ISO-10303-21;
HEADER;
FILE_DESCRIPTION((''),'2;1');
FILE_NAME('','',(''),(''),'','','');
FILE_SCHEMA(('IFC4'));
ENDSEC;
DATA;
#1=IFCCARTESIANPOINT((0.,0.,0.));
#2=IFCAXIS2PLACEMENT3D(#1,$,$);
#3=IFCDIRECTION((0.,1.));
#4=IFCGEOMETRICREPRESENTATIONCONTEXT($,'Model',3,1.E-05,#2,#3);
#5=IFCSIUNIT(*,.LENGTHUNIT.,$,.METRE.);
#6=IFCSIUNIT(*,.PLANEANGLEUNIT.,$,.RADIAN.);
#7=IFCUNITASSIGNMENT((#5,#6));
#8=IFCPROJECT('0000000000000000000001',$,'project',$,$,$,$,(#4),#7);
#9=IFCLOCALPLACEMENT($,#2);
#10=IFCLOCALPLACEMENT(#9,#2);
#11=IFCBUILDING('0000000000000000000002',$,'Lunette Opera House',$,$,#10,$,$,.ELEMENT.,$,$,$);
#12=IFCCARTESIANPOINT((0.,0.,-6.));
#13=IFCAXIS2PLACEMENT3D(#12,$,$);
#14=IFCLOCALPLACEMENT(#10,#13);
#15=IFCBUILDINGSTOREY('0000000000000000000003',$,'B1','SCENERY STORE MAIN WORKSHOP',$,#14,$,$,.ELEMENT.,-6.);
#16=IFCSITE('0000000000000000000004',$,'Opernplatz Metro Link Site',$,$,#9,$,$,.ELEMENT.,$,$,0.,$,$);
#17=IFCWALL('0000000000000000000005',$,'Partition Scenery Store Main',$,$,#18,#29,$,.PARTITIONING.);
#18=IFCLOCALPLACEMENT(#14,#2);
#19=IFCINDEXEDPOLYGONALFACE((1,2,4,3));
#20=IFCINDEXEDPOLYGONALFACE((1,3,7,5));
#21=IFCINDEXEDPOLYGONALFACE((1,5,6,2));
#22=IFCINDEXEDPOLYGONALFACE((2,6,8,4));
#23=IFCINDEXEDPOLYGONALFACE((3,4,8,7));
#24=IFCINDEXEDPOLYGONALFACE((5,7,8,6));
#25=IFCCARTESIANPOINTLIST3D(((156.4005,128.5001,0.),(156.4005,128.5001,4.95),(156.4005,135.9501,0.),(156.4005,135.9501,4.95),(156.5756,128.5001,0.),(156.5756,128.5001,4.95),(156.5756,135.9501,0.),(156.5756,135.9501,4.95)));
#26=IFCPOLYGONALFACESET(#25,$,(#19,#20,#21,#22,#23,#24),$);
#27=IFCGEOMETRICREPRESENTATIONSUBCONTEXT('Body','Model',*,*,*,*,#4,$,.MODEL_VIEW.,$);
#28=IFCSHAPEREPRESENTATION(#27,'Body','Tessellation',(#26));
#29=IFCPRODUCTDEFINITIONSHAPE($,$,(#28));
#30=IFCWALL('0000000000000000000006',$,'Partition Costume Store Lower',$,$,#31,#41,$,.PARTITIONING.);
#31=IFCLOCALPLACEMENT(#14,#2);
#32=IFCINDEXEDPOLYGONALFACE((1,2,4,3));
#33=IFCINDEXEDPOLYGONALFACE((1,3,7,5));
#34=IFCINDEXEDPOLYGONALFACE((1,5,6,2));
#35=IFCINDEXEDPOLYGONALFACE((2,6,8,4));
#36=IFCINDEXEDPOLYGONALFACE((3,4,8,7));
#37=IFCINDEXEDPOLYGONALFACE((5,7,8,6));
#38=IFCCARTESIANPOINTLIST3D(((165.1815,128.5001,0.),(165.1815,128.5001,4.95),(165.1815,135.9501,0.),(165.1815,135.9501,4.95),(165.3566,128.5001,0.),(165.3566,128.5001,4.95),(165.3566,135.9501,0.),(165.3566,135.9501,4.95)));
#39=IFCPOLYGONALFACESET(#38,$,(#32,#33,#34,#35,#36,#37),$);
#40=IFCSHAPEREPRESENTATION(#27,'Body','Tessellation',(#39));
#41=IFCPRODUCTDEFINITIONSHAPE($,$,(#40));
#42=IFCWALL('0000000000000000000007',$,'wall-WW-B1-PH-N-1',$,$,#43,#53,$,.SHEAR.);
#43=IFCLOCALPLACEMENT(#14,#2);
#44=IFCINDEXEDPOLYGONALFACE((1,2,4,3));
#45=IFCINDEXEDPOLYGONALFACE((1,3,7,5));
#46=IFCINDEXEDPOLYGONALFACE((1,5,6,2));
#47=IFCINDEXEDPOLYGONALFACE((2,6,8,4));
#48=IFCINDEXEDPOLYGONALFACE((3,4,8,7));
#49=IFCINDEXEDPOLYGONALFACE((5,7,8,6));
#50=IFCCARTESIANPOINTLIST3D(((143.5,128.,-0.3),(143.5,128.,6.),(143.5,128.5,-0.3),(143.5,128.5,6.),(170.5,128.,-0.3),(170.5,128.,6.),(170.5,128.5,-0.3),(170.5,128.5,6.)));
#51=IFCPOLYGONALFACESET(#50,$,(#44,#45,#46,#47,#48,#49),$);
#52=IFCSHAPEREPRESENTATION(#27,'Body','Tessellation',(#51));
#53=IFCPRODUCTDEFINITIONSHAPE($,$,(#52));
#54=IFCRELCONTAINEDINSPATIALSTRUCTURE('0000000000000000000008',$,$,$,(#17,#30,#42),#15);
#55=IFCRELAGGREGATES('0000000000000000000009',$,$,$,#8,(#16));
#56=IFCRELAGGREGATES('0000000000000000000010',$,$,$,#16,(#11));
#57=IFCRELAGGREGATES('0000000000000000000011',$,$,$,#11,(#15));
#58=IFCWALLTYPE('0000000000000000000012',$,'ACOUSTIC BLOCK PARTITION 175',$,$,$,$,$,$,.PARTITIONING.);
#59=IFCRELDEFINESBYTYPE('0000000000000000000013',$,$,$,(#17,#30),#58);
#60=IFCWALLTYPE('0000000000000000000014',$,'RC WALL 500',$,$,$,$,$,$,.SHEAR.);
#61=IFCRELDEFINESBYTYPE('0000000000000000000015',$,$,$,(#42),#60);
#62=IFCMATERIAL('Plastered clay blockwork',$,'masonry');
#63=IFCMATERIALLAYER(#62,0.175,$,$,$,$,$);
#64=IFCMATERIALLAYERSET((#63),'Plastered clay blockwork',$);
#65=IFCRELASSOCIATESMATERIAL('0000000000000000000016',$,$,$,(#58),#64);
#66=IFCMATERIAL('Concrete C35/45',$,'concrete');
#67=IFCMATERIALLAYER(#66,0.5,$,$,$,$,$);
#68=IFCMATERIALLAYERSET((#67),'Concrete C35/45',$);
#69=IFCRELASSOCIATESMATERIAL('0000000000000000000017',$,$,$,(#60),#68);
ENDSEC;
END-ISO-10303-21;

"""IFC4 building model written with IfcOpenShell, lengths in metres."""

from ifc_helpers import new_model, si_unit, direction, frame, frame_2d, origin, place, context, subcontext, project, spatial, rectangle, extrude, material, layer, layer_set, type_object, element, save


model = new_model("IFC4")

# Units and contexts
model_context = context("Model", 3, precision=1e-05, world=origin(), true_north=direction((0.0, 1.0)))
body_context = subcontext(model_context, "Body", "Model", "MODEL_VIEW")
ifc_project = project(units=[si_unit("LENGTHUNIT", "METRE"), si_unit("PLANEANGLEUNIT", "RADIAN")], contexts=[model_context])

# Site, building, storey
site_placement = place(None, origin())
site = spatial("IfcSite", under=ifc_project, at=site_placement, Name="Opernplatz Metro Link Site", CompositionType="ELEMENT", RefElevation=0.0)
building_placement = place(site_placement, origin())
building = spatial("IfcBuilding", under=site, at=building_placement, Name="Lunette Opera House", CompositionType="ELEMENT")
storey_placement = place(building_placement, frame((0.0, 0.0, -6.0)))
storey = spatial("IfcBuildingStorey", under=building, at=storey_placement, Name="B1", Description="SCENERY STORE MAIN WORKSHOP", CompositionType="ELEMENT", Elevation=-6.0)

# Walls
ifc_material_1 = material(Name="Plastered clay blockwork", Category="masonry")
ifc_layer_1 = layer(ifc_material_1, 0.175)
ifc_layer_set_1 = layer_set([ifc_layer_1], Name="Plastered clay blockwork")
wall_type_1 = type_object("IfcWallType", Name="ACOUSTIC BLOCK PARTITION 175", PredefinedType="PARTITIONING", material=ifc_layer_set_1)
for number, where, z_axis, x_axis, name in (
    (1, (156.488, 128.5, 0.0), (0.0, 0.0, 1.0), (0.0, 1.0, 0.0), "Partition Scenery Store Main"),
    (2, (165.269, 128.5, 0.0), (0.0, 0.0, 1.0), (0.0, 1.0, 0.0), "Partition Costume Store Lower"),
):
    element("IfcWall", number, at=place(storey_placement, frame(where, z_axis=z_axis, x_axis=x_axis)), inside=storey, type_object=wall_type_1, Name=name, PredefinedType="PARTITIONING", context=body_context, shape_type="SweptSolid", body=[
        extrude(rectangle(XDim=7.45, YDim=0.175, at=frame_2d((3.7251, 0.0))), origin(), (0.0, 0.0, 1.0), 4.95),
    ])
ifc_material_2 = material(Name="Concrete C35/45", Category="concrete")
ifc_layer_2 = layer(ifc_material_2, 0.5)
ifc_layer_set_2 = layer_set([ifc_layer_2], Name="Concrete C35/45")
wall_type_2 = type_object("IfcWallType", Name="RC WALL 500", PredefinedType="SHEAR", material=ifc_layer_set_2)
wall_placement = place(storey_placement, frame((143.5, 128.25, -0.3), z_axis=(0.0, 0.0, 1.0), x_axis=(1.0, 0.0, 0.0)))
element("IfcWall", 3, at=wall_placement, inside=storey, type_object=wall_type_2, Name="wall-WW-B1-PH-N-1", PredefinedType="SHEAR", context=body_context, shape_type="SweptSolid", body=[
    extrude(rectangle(XDim=27.0, YDim=0.5, at=frame_2d((13.5, 0.0))), origin(), (0.0, 0.0, 1.0), 6.3),
])

save(model, "model.ifc")
